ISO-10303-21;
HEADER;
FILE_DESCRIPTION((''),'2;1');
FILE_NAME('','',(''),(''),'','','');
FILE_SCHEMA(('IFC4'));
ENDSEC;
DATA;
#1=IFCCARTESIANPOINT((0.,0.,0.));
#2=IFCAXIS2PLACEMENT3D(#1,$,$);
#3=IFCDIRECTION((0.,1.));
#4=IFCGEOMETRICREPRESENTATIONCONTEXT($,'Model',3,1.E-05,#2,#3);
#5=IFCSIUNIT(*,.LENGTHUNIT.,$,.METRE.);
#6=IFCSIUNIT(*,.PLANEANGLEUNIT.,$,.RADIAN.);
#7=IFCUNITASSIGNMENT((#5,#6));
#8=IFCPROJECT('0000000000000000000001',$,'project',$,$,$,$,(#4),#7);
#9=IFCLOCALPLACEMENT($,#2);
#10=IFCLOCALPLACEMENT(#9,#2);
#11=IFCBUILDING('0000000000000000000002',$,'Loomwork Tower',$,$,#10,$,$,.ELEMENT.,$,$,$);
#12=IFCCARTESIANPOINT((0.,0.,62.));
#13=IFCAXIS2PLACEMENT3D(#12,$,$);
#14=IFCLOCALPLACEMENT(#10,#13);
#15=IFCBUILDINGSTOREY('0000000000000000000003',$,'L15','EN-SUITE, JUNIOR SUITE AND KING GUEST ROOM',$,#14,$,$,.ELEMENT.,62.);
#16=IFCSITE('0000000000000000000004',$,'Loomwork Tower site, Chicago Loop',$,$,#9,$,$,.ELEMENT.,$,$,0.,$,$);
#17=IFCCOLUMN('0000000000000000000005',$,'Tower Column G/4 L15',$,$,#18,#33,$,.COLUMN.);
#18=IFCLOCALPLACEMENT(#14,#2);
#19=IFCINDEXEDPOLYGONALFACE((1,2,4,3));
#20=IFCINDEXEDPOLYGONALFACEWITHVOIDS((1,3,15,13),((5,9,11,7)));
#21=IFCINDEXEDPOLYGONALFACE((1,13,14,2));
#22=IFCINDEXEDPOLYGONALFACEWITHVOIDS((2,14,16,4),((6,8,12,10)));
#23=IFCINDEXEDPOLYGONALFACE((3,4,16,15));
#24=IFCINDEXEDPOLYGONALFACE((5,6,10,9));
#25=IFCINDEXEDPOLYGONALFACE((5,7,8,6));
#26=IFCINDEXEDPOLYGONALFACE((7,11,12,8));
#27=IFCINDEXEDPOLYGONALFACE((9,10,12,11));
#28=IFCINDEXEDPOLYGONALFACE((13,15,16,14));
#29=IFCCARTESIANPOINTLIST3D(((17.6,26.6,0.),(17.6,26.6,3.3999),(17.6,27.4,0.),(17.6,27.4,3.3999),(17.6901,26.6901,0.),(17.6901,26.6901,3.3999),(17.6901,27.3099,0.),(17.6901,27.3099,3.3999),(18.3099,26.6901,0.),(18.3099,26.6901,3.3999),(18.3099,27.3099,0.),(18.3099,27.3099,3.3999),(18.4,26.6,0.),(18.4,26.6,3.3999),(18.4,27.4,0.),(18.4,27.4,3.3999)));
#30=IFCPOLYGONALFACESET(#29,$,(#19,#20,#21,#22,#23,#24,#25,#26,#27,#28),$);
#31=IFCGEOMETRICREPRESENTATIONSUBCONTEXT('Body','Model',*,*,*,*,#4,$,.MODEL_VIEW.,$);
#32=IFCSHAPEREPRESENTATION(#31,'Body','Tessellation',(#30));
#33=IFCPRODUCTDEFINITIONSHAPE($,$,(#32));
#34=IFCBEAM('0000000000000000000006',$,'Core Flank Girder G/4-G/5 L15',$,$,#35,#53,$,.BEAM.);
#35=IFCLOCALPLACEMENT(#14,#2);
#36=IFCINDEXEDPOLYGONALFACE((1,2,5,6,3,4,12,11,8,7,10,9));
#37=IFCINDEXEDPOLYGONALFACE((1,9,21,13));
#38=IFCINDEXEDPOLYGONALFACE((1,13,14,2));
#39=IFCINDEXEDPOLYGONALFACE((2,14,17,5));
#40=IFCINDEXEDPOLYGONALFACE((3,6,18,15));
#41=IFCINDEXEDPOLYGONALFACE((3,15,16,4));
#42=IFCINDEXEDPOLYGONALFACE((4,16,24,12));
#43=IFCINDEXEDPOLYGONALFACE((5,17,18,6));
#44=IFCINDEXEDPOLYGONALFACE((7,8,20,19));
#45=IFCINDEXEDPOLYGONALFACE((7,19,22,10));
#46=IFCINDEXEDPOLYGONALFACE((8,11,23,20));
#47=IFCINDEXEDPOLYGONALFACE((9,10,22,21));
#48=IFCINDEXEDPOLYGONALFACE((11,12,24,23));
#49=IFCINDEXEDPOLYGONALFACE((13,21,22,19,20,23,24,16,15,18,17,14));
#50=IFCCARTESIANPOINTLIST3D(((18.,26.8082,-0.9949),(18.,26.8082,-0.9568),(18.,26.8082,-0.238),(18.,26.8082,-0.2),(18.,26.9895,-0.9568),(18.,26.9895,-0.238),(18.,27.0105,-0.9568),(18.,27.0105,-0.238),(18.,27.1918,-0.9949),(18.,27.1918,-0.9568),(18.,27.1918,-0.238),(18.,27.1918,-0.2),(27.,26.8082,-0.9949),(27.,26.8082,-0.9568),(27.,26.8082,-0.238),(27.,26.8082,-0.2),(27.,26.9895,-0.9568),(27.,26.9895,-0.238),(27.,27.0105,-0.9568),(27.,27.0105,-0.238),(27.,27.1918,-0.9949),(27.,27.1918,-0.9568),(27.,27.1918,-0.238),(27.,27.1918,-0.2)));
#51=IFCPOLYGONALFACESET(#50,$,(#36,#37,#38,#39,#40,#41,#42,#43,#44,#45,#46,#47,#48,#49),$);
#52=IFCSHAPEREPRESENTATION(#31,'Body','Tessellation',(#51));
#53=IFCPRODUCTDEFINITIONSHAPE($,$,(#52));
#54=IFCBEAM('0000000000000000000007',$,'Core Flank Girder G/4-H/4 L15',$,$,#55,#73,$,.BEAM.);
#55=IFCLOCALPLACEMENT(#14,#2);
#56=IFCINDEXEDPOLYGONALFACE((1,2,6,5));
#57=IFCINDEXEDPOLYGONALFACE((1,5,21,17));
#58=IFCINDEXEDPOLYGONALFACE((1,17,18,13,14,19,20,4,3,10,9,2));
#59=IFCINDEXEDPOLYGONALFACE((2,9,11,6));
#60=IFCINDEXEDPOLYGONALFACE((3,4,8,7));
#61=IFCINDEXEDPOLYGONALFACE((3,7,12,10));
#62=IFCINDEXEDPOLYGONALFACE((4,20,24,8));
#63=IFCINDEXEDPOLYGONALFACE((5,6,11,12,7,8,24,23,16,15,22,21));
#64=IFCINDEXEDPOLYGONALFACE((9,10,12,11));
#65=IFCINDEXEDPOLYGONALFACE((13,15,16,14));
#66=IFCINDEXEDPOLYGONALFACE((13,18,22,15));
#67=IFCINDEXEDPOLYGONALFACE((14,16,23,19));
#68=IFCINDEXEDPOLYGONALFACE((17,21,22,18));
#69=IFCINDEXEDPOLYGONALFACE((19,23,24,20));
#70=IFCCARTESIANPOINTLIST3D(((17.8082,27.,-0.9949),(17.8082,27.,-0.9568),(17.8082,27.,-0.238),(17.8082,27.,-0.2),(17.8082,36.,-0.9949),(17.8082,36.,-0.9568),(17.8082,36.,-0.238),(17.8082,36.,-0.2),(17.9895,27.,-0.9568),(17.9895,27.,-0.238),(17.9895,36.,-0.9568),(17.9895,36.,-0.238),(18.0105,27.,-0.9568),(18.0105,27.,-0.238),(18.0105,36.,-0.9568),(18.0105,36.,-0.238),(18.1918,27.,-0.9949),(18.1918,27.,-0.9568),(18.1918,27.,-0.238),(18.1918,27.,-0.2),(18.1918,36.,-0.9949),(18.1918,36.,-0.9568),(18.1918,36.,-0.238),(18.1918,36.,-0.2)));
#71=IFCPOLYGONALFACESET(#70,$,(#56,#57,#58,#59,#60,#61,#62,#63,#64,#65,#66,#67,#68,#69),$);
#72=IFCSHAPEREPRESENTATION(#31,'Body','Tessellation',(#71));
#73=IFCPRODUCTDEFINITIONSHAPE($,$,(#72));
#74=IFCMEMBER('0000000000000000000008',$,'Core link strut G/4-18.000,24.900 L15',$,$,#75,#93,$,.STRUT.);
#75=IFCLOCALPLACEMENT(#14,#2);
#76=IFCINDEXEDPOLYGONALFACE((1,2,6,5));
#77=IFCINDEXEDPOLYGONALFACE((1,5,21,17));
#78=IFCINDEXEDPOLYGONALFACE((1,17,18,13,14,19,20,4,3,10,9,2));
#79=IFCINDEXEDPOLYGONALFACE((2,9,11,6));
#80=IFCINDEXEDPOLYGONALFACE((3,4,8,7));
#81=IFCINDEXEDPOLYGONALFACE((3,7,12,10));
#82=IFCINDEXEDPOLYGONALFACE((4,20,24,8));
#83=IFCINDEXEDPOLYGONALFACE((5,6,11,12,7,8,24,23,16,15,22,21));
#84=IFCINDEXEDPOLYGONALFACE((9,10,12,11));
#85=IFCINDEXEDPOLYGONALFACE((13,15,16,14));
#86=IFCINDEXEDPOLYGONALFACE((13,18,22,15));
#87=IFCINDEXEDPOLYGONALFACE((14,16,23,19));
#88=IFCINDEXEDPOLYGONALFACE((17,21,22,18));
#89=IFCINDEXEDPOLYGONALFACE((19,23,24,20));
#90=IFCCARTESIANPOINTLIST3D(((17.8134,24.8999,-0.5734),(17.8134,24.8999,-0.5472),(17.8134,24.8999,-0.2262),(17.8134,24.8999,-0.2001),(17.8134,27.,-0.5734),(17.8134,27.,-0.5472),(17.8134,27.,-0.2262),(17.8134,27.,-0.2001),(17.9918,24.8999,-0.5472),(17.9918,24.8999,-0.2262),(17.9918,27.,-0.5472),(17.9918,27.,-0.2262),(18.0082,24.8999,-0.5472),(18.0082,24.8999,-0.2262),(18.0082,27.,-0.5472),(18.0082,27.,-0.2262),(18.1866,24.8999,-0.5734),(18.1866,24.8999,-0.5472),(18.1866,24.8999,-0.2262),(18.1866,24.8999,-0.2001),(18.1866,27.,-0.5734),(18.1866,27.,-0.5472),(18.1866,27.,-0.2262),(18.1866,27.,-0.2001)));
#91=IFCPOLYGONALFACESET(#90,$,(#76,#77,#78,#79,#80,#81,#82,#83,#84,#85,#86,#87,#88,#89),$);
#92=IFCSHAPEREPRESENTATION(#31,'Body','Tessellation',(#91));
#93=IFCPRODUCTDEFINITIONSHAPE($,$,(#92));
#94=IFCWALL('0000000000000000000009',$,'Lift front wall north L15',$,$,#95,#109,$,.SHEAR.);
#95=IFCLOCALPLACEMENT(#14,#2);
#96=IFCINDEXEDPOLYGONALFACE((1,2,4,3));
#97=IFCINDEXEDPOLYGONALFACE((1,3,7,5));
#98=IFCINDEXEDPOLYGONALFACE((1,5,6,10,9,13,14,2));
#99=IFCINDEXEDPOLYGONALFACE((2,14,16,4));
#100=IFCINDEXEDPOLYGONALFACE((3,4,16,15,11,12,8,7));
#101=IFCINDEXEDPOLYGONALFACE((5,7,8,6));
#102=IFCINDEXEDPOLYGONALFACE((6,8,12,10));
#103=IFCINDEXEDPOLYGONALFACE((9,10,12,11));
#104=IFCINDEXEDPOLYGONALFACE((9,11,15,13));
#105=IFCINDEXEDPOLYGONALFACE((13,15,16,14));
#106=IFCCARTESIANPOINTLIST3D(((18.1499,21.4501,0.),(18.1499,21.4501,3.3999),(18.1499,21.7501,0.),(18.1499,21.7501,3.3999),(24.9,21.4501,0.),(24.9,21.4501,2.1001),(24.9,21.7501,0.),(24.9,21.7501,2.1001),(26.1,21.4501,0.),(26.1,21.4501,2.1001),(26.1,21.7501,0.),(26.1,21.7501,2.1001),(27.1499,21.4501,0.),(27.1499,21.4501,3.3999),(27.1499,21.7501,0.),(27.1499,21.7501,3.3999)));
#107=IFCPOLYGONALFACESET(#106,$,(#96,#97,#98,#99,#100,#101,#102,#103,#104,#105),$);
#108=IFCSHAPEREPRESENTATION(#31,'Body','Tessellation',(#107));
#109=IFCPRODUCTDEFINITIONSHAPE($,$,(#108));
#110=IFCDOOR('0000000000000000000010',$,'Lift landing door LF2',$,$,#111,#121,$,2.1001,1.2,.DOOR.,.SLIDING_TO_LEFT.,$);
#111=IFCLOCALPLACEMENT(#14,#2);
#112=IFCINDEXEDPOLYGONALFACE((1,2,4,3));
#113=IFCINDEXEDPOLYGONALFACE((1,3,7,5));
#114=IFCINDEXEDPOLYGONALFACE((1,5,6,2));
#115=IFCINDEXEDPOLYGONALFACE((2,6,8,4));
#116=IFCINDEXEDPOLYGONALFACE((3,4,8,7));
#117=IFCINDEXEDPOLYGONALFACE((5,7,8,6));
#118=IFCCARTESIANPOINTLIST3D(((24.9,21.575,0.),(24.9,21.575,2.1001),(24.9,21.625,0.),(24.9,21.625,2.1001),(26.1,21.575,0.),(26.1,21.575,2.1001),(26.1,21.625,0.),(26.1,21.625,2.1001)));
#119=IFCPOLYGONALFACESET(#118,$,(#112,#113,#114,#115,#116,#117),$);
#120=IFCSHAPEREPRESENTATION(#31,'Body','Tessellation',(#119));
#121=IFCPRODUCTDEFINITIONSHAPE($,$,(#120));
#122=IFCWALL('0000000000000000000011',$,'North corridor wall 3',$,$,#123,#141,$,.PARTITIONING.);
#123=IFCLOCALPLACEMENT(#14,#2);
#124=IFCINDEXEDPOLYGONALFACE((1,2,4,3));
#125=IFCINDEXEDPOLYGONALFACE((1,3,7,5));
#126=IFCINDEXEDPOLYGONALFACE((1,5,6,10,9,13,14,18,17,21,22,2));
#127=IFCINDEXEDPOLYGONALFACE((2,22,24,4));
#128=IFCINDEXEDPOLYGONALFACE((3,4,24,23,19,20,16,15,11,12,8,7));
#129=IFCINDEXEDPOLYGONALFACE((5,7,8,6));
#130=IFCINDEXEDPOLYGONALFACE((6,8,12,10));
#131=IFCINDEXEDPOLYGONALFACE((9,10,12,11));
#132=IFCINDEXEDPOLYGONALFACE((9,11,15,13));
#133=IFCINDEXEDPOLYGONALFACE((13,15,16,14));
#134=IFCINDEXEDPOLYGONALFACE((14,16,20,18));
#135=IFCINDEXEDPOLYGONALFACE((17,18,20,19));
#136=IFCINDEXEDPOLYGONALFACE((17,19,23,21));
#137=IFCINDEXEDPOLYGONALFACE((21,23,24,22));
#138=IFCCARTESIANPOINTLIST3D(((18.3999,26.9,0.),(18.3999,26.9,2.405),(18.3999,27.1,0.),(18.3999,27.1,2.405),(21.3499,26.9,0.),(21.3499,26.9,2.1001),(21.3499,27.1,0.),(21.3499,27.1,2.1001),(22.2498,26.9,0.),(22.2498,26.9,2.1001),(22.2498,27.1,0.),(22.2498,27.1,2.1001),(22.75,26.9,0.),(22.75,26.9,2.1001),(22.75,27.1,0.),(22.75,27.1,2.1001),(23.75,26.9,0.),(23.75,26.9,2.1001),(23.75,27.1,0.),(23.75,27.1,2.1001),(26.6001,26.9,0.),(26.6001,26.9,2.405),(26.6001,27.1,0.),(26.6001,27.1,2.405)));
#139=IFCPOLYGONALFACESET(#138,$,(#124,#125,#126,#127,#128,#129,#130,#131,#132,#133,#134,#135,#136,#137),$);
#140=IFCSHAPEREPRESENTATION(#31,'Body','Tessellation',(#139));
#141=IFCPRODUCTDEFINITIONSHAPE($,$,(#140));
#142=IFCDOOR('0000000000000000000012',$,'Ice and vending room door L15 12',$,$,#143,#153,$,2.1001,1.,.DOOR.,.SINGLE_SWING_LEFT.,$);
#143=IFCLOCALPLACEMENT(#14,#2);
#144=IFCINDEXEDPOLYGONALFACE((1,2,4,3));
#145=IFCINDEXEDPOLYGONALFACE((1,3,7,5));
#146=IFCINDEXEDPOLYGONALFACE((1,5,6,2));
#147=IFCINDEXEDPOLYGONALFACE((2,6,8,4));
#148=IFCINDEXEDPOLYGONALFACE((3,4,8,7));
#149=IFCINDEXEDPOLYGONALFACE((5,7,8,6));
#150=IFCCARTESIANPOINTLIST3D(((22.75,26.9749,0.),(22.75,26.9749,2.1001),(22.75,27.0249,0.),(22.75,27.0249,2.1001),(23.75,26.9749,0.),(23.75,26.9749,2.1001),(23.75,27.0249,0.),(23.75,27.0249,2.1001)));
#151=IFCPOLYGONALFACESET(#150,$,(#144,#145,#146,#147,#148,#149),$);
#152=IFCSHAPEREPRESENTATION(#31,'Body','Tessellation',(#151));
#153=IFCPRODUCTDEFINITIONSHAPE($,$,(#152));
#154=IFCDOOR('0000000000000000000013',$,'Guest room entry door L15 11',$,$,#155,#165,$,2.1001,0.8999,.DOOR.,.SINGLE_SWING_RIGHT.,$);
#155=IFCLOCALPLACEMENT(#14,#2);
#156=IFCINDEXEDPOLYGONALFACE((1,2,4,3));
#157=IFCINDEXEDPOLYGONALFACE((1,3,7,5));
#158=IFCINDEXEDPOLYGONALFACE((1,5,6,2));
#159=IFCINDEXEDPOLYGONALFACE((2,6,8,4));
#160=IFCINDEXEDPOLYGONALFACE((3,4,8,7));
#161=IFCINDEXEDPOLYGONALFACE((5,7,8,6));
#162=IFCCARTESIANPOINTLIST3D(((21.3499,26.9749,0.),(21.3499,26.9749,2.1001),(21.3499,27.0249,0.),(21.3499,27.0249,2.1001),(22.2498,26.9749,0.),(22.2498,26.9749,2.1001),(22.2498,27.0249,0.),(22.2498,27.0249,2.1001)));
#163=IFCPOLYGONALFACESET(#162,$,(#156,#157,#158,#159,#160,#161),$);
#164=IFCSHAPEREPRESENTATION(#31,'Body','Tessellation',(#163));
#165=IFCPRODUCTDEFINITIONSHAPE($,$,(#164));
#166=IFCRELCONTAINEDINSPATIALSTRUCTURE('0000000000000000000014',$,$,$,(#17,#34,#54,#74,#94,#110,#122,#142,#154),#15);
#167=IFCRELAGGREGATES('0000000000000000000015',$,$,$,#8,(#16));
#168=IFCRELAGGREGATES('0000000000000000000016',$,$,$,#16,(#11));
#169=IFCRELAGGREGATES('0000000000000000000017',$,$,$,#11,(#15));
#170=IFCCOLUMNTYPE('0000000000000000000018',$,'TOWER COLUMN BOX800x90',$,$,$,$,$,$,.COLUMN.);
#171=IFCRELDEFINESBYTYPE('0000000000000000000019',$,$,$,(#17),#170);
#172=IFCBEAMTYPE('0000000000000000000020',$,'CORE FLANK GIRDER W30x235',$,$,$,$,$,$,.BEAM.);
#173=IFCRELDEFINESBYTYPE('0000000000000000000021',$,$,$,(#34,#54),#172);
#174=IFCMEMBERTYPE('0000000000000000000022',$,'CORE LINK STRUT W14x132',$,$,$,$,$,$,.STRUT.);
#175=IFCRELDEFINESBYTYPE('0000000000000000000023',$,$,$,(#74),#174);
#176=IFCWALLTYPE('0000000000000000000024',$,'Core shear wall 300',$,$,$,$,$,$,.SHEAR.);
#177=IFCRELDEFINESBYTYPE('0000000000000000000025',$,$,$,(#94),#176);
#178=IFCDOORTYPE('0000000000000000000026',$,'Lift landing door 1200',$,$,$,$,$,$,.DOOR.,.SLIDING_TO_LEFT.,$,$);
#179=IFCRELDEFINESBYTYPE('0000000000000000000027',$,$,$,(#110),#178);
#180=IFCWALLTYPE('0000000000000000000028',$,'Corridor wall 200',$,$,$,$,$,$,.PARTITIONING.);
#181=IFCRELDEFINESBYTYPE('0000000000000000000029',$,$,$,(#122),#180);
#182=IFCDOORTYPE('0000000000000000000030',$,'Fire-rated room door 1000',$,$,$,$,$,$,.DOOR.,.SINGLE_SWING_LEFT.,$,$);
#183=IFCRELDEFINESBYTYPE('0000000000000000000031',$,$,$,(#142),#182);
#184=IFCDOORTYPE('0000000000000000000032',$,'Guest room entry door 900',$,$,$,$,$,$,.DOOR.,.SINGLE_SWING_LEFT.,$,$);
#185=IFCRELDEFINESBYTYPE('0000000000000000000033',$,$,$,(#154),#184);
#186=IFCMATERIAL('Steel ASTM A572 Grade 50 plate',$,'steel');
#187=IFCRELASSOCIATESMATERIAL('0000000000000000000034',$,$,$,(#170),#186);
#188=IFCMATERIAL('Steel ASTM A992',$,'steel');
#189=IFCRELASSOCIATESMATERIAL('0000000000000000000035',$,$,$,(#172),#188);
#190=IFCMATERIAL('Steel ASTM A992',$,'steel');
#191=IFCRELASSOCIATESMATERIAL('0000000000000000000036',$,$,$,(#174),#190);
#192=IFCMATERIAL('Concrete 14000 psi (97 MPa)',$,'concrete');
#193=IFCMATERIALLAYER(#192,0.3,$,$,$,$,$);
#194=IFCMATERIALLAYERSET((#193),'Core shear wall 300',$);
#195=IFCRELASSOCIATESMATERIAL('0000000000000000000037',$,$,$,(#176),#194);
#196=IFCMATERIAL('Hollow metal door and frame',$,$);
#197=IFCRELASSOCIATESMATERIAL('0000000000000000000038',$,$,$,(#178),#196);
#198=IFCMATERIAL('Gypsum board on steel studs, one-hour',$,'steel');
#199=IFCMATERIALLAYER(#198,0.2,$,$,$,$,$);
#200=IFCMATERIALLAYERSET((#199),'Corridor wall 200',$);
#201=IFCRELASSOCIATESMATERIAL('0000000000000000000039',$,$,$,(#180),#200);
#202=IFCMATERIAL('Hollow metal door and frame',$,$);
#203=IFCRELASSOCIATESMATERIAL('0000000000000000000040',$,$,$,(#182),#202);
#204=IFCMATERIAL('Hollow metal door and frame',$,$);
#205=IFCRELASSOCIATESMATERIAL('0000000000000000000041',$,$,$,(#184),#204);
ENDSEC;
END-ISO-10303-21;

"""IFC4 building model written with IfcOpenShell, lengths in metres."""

from ifc_helpers import new_model, si_unit, direction, frame, frame_2d, origin, origin_2d, place, context, subcontext, project, spatial, rectangle, hollow_rectangle, i_section, extrude, material, layer, layer_set, material_profile, profile_set, type_object, element, fill, save


model = new_model("IFC4")

# Units and contexts
model_context = context("Model", 3, precision=1e-05, world=origin(), true_north=direction((0.0, 1.0)))
body_context = subcontext(model_context, "Body", "Model", "MODEL_VIEW")
ifc_project = project(units=[si_unit("LENGTHUNIT", "METRE"), si_unit("PLANEANGLEUNIT", "RADIAN")], contexts=[model_context])

# Site, building, storey
site_placement = place(None, origin())
site = spatial("IfcSite", under=ifc_project, at=site_placement, Name="Loomwork Tower site, Chicago Loop", CompositionType="ELEMENT", RefElevation=0.0)
building_placement = place(site_placement, origin())
building = spatial("IfcBuilding", under=site, at=building_placement, Name="Loomwork Tower", CompositionType="ELEMENT")
storey_placement = place(building_placement, frame((0.0, 0.0, 62.0)))
storey = spatial("IfcBuildingStorey", under=building, at=storey_placement, Name="L15", Description="EN-SUITE, JUNIOR SUITE AND KING GUEST ROOM", CompositionType="ELEMENT", Elevation=62.0)

# Column
ifc_material_1 = material(Name="Steel ASTM A572 Grade 50 plate", Category="steel")
ifc_material_profile_1 = material_profile(ifc_material_1, hollow_rectangle(XDim=0.8, YDim=0.8, WallThickness=0.0901, at=origin_2d()), Name="BOX800x90")
ifc_profile_set_1 = profile_set([ifc_material_profile_1], Name="Steel ASTM A572 Grade 50 plate")
column_type = type_object("IfcColumnType", Name="TOWER COLUMN BOX800x90", PredefinedType="COLUMN", material=ifc_profile_set_1)
column_placement = place(storey_placement, frame((18.0, 27.0, 0.0), z_axis=(0.0, 0.0, 1.0), x_axis=(1.0, 0.0, 0.0)))
element("IfcColumn", 1, at=column_placement, inside=storey, type_object=column_type, Name="Tower Column G/4 L15", PredefinedType="COLUMN", context=body_context, shape_type="SweptSolid", body=[
    extrude(hollow_rectangle(XDim=0.8, YDim=0.8, WallThickness=0.0901, at=origin_2d()), origin(), (0.0, 0.0, 1.0), 3.3999),
])

# Beams
ifc_material_2 = material(Name="Steel ASTM A992", Category="steel")
ifc_material_profile_2 = material_profile(ifc_material_2, i_section(OverallWidth=0.3835, OverallDepth=0.7949, WebThickness=0.021, FlangeThickness=0.0381, at=origin_2d()), Name="W30x235")
ifc_profile_set_2 = profile_set([ifc_material_profile_2], Name="Steel ASTM A992")
beam_type = type_object("IfcBeamType", Name="CORE FLANK GIRDER W30x235", PredefinedType="BEAM", material=ifc_profile_set_2)
for number, where, z_axis, x_axis, name in (
    (2, (18.0, 27.0, -0.5974), (1.0, 0.0, 0.0), (0.0, 1.0, 0.0), "Core Flank Girder G/4-G/5 L15"),
    (3, (18.0, 27.0, -0.5974), (0.0, 1.0, 0.0), (-1.0, 0.0, 0.0), "Core Flank Girder G/4-H/4 L15"),
):
    element("IfcBeam", number, at=place(storey_placement, frame(where, z_axis=z_axis, x_axis=x_axis)), inside=storey, type_object=beam_type, Name=name, PredefinedType="BEAM", context=body_context, shape_type="SweptSolid", body=[
        extrude(i_section(OverallWidth=0.3835, OverallDepth=0.7949, WebThickness=0.021, FlangeThickness=0.0381, at=origin_2d()), origin(), (0.0, 0.0, 1.0), 9.0),
    ])

# Member
ifc_material_3 = material(Name="Steel ASTM A992", Category="steel")
ifc_material_profile_3 = material_profile(ifc_material_3, i_section(OverallWidth=0.3733, OverallDepth=0.3733, WebThickness=0.0164, FlangeThickness=0.0261, at=origin_2d()), Name="W14x132")
ifc_profile_set_3 = profile_set([ifc_material_profile_3], Name="Steel ASTM A992")
member_type = type_object("IfcMemberType", Name="CORE LINK STRUT W14x132", PredefinedType="STRUT", material=ifc_profile_set_3)
member_placement = place(storey_placement, frame((18.0, 27.0, -0.3867), z_axis=(0.0, -1.0, 0.0), x_axis=(1.0, 0.0, 0.0)))
element("IfcMember", 4, at=member_placement, inside=storey, type_object=member_type, Name="Core link strut G/4-18.000,24.900 L15", PredefinedType="STRUT", context=body_context, shape_type="SweptSolid", body=[
    extrude(i_section(OverallWidth=0.3733, OverallDepth=0.3733, WebThickness=0.0164, FlangeThickness=0.0261, at=origin_2d()), origin(), (0.0, 0.0, 1.0), 2.1001),
])

# Wall, opening, door
ifc_material_4 = material(Name="Concrete 14000 psi (97 MPa)", Category="concrete")
ifc_layer_1 = layer(ifc_material_4, 0.3)
ifc_layer_set_1 = layer_set([ifc_layer_1], Name="Core shear wall 300")
wall_type_1 = type_object("IfcWallType", Name="Core shear wall 300", PredefinedType="SHEAR", material=ifc_layer_set_1)
wall_1_placement = place(storey_placement, frame((18.1499, 21.6001, 0.0), z_axis=(0.0, 0.0, 1.0), x_axis=(1.0, 0.0, 0.0)))
wall_1 = element("IfcWall", 5, at=wall_1_placement, inside=storey, type_object=wall_type_1, Name="Lift front wall north L15", PredefinedType="SHEAR", context=body_context, shape_type="SweptSolid", body=[
    extrude(rectangle(XDim=9.0, YDim=0.3, at=frame_2d((4.5, 0.0))), origin(), (0.0, 0.0, 1.0), 3.3999),
])
opening_1_placement = place(wall_1_placement, frame((6.75, 0.0, 0.0)))
opening_1 = element("IfcOpeningElement", 6, at=opening_1_placement, cuts=wall_1, PredefinedType="OPENING", context=body_context, shape_type="SweptSolid", body=[
    extrude(rectangle(XDim=1.2, YDim=2.1001, at=frame_2d((0.6001, 1.05))), frame((0.0, 0.1599, 0.0), z_axis=(0.0, -1.0, 0.0), x_axis=(1.0, 0.0, 0.0)), (0.0, 0.0, 1.0), 0.3201),
])
ifc_material_5 = material(Name="Hollow metal door and frame")
door_type_1 = type_object("IfcDoorType", Name="Lift landing door 1200", OperationType="SLIDING_TO_LEFT", PredefinedType="DOOR", material=ifc_material_5)
door_1_placement = place(opening_1_placement, origin())
door_1 = element("IfcDoor", 7, at=door_1_placement, inside=storey, type_object=door_type_1, Name="Lift landing door LF2", OperationType="SLIDING_TO_LEFT", OverallHeight=2.1001, OverallWidth=1.2, PredefinedType="DOOR", context=body_context, shape_type="SweptSolid", body=[
    extrude(rectangle(XDim=1.2, YDim=2.1001, at=frame_2d((0.6001, 1.05))), frame((0.0, 0.0249, 0.0), z_axis=(0.0, -1.0, 0.0), x_axis=(1.0, 0.0, 0.0)), (0.0, 0.0, 1.0), 0.05),
])
fill(opening_1, door_1)

# Wall, openings, doors
ifc_material_6 = material(Name="Gypsum board on steel studs, one-hour", Category="steel")
ifc_layer_2 = layer(ifc_material_6, 0.2)
ifc_layer_set_2 = layer_set([ifc_layer_2], Name="Corridor wall 200")
wall_type_2 = type_object("IfcWallType", Name="Corridor wall 200", PredefinedType="PARTITIONING", material=ifc_layer_set_2)
wall_2_placement = place(storey_placement, frame((18.3999, 27.0, 0.0), z_axis=(0.0, 0.0, 1.0), x_axis=(1.0, 0.0, 0.0)))
wall_2 = element("IfcWall", 8, at=wall_2_placement, inside=storey, type_object=wall_type_2, Name="North corridor wall 3", PredefinedType="PARTITIONING", context=body_context, shape_type="SweptSolid", body=[
    extrude(rectangle(XDim=8.2002, YDim=0.2, at=frame_2d((4.1001, 0.0))), origin(), (0.0, 0.0, 1.0), 2.405),
])
opening_2_placement = place(wall_2_placement, frame((2.95, 0.0, 0.0)))
opening_2 = element("IfcOpeningElement", 9, at=opening_2_placement, cuts=wall_2, PredefinedType="OPENING", context=body_context, shape_type="SweptSolid", body=[
    extrude(rectangle(XDim=0.8999, YDim=2.1001, at=frame_2d((0.45, 1.05))), frame((0.0, 0.1099, 0.0), z_axis=(0.0, -1.0, 0.0), x_axis=(1.0, 0.0, 0.0)), (0.0, 0.0, 1.0), 0.22),
])
opening_3_placement = place(wall_2_placement, frame((4.3501, 0.0, 0.0)))
opening_3 = element("IfcOpeningElement", 10, at=opening_3_placement, cuts=wall_2, PredefinedType="OPENING", context=body_context, shape_type="SweptSolid", body=[
    extrude(rectangle(XDim=1.0, YDim=2.1001, at=frame_2d((0.5, 1.05))), frame((0.0, 0.1099, 0.0), z_axis=(0.0, -1.0, 0.0), x_axis=(1.0, 0.0, 0.0)), (0.0, 0.0, 1.0), 0.22),
])
ifc_material_7 = material(Name="Hollow metal door and frame")
door_type_2 = type_object("IfcDoorType", Name="Fire-rated room door 1000", OperationType="SINGLE_SWING_LEFT", PredefinedType="DOOR", material=ifc_material_7)
door_2_placement = place(opening_3_placement, origin())
door_2 = element("IfcDoor", 11, at=door_2_placement, inside=storey, type_object=door_type_2, Name="Ice and vending room door L15 12", OperationType="SINGLE_SWING_LEFT", OverallHeight=2.1001, OverallWidth=1.0, PredefinedType="DOOR", context=body_context, shape_type="SweptSolid", body=[
    extrude(rectangle(XDim=1.0, YDim=2.1001, at=frame_2d((0.5, 1.05))), frame((0.0, 0.0249, 0.0), z_axis=(0.0, -1.0, 0.0), x_axis=(1.0, 0.0, 0.0)), (0.0, 0.0, 1.0), 0.05),
])
fill(opening_3, door_2)
ifc_material_8 = material(Name="Hollow metal door and frame")
door_type_3 = type_object("IfcDoorType", Name="Guest room entry door 900", OperationType="SINGLE_SWING_LEFT", PredefinedType="DOOR", material=ifc_material_8)
door_3_placement = place(opening_2_placement, origin())
door_3 = element("IfcDoor", 12, at=door_3_placement, inside=storey, type_object=door_type_3, Name="Guest room entry door L15 11", OperationType="SINGLE_SWING_RIGHT", OverallHeight=2.1001, OverallWidth=0.8999, PredefinedType="DOOR", context=body_context, shape_type="SweptSolid", body=[
    extrude(rectangle(XDim=0.8999, YDim=2.1001, at=frame_2d((0.45, 1.05))), frame((0.0, 0.0249, 0.0), z_axis=(0.0, -1.0, 0.0), x_axis=(1.0, 0.0, 0.0)), (0.0, 0.0, 1.0), 0.05),
])
fill(opening_2, door_3)

save(model, "model.ifc")
